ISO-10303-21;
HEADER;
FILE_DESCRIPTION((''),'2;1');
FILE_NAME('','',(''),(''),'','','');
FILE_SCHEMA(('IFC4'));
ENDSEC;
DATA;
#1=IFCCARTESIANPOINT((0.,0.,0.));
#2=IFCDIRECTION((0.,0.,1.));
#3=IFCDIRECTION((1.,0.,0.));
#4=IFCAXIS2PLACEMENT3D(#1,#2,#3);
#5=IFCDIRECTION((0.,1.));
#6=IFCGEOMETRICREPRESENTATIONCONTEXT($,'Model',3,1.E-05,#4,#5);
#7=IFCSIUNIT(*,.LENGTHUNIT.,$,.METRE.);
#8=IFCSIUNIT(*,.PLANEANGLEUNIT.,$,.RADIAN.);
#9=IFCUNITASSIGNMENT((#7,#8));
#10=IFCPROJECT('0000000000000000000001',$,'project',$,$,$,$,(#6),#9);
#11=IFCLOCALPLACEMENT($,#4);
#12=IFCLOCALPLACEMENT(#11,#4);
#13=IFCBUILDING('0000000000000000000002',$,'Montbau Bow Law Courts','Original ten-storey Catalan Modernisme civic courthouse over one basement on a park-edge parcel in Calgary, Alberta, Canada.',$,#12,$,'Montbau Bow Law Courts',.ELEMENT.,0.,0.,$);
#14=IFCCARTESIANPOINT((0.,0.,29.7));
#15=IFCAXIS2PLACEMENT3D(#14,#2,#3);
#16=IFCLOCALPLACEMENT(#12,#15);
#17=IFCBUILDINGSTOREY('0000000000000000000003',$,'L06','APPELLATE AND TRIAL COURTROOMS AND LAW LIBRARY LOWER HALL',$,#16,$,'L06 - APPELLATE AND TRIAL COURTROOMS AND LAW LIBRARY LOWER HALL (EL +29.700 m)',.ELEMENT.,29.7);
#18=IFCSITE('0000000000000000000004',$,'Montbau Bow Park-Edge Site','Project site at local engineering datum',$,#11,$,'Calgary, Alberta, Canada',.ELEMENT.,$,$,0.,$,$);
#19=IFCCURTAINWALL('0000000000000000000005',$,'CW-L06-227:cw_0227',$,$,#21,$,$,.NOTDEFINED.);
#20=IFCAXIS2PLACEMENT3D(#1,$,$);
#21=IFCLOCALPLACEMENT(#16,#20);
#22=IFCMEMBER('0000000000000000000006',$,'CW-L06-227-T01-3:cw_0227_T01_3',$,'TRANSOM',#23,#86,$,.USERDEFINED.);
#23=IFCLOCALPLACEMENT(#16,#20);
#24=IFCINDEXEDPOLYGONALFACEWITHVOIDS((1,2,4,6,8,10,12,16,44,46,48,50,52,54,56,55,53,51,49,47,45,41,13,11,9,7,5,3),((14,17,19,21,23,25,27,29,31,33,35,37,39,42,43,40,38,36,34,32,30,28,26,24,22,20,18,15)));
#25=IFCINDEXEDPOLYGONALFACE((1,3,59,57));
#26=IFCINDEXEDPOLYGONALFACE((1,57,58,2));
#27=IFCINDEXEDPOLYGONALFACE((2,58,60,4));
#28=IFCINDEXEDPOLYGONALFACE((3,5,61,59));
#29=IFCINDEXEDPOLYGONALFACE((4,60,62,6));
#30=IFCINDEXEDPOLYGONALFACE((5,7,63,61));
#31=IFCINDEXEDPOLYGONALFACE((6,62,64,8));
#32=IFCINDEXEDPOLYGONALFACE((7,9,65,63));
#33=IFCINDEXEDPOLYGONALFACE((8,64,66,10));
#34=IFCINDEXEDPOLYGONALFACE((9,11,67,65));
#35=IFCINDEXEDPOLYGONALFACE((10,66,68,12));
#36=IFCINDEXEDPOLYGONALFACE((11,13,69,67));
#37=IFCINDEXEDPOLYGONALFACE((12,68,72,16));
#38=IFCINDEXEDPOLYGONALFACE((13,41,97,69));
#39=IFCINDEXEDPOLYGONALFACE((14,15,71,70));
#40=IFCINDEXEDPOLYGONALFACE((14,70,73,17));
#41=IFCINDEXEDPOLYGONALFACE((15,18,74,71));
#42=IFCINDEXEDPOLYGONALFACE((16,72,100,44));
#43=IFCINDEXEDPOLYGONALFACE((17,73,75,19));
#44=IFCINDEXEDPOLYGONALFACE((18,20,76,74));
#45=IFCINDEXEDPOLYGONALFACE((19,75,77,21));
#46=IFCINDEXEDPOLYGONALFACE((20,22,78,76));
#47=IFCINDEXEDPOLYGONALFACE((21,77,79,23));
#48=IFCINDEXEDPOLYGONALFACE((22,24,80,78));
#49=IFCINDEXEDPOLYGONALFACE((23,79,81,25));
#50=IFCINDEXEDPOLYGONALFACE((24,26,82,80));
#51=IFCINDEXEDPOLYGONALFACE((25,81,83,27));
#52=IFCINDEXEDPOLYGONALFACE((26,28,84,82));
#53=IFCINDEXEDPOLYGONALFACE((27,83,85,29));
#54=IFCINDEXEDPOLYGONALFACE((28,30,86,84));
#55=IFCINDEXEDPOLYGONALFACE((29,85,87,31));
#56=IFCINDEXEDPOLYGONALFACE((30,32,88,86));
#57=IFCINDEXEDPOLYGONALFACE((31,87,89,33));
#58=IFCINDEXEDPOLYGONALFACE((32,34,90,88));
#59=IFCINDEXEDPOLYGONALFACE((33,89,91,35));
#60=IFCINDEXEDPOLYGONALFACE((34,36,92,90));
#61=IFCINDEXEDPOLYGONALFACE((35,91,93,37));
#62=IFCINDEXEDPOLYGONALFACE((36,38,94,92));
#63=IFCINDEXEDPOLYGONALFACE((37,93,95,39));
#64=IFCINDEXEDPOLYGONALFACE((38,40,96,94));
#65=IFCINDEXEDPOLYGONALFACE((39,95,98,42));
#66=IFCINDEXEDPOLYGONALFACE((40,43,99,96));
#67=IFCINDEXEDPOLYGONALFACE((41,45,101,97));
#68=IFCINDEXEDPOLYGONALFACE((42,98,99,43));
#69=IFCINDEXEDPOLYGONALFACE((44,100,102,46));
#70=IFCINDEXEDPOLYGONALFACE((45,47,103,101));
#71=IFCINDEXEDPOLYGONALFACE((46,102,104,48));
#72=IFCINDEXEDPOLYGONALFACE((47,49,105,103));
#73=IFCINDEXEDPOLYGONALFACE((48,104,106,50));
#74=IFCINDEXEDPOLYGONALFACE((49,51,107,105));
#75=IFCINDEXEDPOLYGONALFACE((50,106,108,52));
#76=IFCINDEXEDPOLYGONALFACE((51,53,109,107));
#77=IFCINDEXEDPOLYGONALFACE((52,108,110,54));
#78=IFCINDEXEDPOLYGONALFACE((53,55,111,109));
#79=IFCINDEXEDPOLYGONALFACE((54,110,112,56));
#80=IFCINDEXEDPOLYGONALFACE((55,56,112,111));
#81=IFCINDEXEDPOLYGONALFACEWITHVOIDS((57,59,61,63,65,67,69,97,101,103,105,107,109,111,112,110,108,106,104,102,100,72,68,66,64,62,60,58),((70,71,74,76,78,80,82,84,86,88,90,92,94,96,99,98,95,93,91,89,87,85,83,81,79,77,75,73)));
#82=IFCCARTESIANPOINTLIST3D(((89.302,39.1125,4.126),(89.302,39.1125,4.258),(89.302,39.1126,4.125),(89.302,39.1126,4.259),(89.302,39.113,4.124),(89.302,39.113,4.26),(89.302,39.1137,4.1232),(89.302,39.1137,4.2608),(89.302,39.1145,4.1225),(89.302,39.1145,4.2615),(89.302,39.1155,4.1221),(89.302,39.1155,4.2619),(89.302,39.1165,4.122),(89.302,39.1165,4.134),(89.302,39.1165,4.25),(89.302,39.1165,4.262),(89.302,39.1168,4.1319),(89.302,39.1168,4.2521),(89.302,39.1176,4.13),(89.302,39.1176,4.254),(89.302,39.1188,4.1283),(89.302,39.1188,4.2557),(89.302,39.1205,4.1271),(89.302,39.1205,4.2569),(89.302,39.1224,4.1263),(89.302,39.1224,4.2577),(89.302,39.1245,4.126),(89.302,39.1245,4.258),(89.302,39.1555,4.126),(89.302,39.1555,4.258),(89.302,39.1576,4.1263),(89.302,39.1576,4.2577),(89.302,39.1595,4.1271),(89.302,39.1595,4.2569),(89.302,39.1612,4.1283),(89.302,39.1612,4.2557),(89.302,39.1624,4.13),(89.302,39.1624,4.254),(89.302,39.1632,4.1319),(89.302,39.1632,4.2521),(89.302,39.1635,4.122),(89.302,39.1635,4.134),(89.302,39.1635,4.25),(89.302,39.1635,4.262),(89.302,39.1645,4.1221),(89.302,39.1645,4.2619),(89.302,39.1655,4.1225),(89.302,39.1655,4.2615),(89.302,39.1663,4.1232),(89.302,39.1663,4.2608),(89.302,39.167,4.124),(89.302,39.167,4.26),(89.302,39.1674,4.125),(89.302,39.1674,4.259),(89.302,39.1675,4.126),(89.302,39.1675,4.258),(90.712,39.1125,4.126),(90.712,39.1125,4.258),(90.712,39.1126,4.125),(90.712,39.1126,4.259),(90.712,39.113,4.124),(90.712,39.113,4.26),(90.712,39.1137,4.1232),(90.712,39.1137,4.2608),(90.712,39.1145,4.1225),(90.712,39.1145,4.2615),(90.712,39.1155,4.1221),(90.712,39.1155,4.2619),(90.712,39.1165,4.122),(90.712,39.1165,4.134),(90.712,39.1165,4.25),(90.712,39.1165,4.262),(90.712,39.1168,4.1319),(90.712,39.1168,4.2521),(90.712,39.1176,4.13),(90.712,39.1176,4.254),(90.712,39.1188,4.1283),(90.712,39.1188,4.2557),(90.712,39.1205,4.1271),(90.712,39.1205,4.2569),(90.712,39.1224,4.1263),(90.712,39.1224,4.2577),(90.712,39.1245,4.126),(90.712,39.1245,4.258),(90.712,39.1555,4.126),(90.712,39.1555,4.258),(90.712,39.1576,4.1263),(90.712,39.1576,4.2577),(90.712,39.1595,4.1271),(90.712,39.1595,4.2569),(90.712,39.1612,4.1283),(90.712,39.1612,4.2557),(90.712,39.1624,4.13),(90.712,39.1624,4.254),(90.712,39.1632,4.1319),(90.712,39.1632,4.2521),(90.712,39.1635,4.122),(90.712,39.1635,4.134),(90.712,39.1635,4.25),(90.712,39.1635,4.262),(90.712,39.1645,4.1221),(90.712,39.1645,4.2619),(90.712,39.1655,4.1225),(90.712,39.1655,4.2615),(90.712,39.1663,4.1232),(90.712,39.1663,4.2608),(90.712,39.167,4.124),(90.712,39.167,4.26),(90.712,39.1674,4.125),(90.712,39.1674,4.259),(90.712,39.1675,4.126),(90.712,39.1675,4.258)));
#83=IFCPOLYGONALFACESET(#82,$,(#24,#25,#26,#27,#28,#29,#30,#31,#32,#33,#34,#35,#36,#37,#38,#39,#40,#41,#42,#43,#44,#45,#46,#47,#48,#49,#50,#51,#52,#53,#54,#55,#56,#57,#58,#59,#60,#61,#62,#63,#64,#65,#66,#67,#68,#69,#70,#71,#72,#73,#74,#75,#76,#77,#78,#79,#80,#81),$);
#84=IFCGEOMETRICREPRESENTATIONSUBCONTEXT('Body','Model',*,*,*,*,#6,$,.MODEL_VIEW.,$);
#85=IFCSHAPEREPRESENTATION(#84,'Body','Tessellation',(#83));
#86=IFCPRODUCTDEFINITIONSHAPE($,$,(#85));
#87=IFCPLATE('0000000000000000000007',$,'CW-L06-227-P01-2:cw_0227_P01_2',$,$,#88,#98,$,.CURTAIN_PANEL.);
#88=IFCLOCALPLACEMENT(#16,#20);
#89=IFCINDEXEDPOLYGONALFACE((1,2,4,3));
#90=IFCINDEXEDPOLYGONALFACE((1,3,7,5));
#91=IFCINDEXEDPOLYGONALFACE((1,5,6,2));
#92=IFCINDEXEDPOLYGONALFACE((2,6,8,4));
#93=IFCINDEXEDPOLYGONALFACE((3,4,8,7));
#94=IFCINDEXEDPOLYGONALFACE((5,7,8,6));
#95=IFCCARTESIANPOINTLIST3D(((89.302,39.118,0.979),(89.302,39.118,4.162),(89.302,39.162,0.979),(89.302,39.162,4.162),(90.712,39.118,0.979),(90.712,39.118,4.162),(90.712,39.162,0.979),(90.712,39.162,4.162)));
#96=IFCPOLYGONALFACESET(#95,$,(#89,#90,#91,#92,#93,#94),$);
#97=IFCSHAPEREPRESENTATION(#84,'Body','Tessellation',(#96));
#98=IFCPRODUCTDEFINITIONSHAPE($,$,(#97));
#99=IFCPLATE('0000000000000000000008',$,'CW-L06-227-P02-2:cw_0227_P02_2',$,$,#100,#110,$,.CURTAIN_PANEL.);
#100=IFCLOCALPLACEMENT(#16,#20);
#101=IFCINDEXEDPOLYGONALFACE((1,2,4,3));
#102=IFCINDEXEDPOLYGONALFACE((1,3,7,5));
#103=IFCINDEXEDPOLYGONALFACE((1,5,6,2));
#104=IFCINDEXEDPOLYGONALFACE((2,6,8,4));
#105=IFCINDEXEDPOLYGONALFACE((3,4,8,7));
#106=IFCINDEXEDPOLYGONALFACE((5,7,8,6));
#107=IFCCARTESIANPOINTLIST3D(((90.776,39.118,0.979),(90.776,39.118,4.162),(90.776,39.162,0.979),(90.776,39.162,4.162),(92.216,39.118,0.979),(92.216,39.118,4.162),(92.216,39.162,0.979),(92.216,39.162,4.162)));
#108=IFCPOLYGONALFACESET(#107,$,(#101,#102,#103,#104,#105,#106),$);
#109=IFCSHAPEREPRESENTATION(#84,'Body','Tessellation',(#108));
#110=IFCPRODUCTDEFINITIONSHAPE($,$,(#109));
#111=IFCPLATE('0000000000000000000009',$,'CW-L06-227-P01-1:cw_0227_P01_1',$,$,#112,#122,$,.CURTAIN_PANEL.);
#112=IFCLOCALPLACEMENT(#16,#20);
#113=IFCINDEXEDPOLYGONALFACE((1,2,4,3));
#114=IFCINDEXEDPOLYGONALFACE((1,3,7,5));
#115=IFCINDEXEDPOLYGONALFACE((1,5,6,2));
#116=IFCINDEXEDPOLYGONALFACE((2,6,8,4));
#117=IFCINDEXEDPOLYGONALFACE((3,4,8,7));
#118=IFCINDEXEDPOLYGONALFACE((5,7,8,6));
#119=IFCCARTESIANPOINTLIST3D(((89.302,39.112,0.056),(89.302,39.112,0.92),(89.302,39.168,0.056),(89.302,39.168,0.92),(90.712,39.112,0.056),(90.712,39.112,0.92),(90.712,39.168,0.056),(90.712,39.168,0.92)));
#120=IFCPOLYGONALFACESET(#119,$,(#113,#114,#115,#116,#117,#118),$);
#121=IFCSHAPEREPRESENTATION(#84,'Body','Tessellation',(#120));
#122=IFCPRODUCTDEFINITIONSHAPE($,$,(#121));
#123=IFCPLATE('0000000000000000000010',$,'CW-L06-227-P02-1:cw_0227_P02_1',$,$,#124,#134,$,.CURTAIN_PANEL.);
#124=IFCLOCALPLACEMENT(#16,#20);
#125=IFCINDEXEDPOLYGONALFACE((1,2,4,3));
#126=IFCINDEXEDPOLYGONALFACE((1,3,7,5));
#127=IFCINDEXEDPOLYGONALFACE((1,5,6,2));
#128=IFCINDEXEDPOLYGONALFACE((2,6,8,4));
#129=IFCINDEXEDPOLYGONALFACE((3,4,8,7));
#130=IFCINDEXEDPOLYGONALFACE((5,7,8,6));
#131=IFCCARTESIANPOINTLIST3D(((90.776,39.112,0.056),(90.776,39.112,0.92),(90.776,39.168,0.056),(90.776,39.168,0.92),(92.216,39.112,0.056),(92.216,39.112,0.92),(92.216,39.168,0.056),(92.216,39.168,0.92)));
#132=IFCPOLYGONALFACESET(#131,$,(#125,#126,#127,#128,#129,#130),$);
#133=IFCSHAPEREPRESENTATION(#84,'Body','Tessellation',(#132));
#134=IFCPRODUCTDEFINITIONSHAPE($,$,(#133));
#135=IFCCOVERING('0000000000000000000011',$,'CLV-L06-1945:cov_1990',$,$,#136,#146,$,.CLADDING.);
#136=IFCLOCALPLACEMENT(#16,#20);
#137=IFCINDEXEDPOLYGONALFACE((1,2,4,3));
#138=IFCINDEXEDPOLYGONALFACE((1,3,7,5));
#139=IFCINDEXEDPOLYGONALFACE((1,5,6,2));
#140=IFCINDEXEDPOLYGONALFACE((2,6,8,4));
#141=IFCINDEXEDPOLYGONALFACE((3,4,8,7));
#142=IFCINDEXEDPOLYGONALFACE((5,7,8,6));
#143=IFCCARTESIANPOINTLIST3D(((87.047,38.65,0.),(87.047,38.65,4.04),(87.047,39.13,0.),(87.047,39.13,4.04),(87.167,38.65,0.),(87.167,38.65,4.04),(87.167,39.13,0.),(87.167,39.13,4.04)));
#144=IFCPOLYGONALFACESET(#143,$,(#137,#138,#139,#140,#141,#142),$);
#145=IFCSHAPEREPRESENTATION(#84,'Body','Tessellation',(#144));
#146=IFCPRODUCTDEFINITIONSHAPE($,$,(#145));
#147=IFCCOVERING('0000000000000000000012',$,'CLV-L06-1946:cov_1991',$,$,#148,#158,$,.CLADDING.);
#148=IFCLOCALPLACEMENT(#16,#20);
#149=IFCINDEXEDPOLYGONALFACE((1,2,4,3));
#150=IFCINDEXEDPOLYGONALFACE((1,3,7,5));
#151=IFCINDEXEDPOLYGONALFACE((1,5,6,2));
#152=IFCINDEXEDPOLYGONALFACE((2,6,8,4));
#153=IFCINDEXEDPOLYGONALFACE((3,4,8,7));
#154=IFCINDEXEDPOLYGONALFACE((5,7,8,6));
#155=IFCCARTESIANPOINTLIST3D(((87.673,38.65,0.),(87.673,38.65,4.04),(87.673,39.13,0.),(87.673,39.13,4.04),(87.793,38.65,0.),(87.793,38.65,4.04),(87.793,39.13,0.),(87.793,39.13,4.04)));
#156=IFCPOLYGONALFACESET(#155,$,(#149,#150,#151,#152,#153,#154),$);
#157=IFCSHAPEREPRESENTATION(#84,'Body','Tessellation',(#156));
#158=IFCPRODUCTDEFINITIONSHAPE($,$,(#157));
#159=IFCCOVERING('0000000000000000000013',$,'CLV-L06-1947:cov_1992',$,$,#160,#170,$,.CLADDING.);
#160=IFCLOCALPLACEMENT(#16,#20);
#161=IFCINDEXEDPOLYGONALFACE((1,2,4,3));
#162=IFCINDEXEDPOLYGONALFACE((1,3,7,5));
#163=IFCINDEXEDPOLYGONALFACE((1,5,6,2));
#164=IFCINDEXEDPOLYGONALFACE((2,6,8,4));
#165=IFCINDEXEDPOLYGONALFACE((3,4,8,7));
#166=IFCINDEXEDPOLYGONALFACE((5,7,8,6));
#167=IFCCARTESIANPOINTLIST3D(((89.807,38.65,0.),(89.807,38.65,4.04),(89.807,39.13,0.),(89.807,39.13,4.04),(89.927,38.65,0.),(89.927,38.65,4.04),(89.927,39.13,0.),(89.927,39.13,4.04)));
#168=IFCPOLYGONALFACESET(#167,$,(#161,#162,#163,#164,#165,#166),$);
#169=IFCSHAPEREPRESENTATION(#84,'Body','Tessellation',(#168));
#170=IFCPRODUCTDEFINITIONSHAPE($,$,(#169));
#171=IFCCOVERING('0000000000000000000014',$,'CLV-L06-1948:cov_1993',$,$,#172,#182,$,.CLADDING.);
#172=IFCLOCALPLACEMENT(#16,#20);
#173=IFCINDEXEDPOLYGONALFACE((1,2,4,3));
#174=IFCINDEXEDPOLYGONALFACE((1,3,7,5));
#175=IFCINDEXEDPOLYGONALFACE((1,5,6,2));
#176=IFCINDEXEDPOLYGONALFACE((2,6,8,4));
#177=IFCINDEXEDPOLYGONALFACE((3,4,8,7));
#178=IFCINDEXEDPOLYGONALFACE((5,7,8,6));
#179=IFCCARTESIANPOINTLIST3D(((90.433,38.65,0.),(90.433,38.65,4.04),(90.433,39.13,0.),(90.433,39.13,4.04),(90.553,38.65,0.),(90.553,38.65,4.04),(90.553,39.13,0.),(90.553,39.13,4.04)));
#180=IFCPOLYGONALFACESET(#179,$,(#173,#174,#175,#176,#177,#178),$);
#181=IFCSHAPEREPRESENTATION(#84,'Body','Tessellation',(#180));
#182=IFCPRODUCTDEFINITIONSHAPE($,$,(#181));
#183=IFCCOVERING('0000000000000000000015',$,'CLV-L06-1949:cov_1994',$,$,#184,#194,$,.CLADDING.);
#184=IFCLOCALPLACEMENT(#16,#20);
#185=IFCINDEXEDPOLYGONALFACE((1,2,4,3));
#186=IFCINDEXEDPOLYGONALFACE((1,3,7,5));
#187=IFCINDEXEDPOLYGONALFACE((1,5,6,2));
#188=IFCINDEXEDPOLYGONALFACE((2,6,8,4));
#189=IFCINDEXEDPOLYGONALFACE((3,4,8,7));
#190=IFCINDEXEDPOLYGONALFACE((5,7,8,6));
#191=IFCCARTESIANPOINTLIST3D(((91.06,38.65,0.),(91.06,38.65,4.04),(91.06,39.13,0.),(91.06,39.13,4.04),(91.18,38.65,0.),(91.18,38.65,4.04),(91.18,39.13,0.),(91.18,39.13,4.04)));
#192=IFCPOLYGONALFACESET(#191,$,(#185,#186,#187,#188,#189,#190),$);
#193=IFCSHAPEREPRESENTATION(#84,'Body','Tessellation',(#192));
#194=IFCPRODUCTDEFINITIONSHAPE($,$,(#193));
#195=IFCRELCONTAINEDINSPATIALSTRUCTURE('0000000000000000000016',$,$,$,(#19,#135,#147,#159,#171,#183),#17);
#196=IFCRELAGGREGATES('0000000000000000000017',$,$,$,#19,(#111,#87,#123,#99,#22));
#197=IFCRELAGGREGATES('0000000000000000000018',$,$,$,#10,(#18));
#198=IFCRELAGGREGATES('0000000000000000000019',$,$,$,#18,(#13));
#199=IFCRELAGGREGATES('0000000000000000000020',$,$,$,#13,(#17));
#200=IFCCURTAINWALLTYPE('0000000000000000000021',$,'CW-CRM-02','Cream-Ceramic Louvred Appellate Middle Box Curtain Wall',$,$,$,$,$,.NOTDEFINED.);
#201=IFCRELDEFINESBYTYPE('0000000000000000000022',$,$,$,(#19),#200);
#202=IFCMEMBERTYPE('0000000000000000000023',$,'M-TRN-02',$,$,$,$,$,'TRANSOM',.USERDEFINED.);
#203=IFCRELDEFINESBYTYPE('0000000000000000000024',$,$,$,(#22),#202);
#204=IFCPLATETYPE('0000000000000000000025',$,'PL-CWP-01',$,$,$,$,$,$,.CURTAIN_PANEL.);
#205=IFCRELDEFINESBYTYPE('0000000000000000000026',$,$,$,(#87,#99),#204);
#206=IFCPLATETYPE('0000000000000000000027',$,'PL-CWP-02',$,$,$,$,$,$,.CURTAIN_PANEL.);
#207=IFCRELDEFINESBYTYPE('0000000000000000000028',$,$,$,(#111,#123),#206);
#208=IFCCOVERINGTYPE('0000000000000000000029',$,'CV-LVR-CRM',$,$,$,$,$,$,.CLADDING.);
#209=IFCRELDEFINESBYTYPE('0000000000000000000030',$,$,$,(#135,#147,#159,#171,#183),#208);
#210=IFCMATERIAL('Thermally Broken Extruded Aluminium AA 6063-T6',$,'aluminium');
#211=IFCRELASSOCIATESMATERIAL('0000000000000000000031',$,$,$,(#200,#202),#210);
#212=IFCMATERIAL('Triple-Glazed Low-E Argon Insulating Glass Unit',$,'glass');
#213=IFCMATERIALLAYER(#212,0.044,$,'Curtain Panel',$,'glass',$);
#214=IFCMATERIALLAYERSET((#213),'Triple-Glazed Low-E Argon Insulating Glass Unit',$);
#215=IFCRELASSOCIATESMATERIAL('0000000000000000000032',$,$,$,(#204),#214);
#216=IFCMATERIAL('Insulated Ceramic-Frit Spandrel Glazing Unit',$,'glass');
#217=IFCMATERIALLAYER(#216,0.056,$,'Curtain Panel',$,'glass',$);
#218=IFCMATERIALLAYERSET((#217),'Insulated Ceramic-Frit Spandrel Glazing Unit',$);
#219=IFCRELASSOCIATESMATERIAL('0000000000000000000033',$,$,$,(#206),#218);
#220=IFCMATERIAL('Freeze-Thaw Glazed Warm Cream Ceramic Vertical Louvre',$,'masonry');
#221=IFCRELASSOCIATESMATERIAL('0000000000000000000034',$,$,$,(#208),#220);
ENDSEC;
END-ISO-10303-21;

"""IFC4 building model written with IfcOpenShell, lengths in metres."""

from ifc_helpers import new_model, si_unit, direction, frame, frame_2d, origin_with_axes, origin_2d_with_axis, place, context, subcontext, project, spatial, rectangle, hollow_rectangle, extrude, material, layer, layer_set, material_profile, profile_set, type_object, element, aggregate, save


model = new_model("IFC4")

# Units and contexts
model_context = context("Model", 3, precision=1e-05, world=origin_with_axes(), true_north=direction((0.0, 1.0)))
body_context = subcontext(model_context, "Body", "Model", "MODEL_VIEW")
ifc_project = project(units=[si_unit("LENGTHUNIT", "METRE"), si_unit("PLANEANGLEUNIT", "RADIAN")], contexts=[model_context])

# Site, building, storey
site_placement = place(None, origin_with_axes())
site = spatial("IfcSite", under=ifc_project, at=site_placement, Name="Montbau Bow Park-Edge Site", Description="Project site at local engineering datum", LongName="Calgary, Alberta, Canada", CompositionType="ELEMENT", RefElevation=0.0)
building_placement = place(site_placement, origin_with_axes())
building = spatial("IfcBuilding", under=site, at=building_placement, Name="Montbau Bow Law Courts", Description="Original ten-storey Catalan Modernisme civic courthouse over one basement on a park-edge parcel in Calgary, Alberta, Canada.", LongName="Montbau Bow Law Courts", CompositionType="ELEMENT", ElevationOfRefHeight=0.0, ElevationOfTerrain=0.0)
storey_placement = place(building_placement, frame((0.0, 0.0, 29.7), z_axis=(0.0, 0.0, 1.0), x_axis=(1.0, 0.0, 0.0)))
storey = spatial("IfcBuildingStorey", under=building, at=storey_placement, Name="L06", Description="APPELLATE AND TRIAL COURTROOMS AND LAW LIBRARY LOWER HALL", LongName="L06 - APPELLATE AND TRIAL COURTROOMS AND LAW LIBRARY LOWER HALL (EL +29.700 m)", CompositionType="ELEMENT", Elevation=29.7)

# Shared definitions
ifc_material_1 = material(Name="Thermally Broken Extruded Aluminium AA 6063-T6", Category="aluminium")
curtain_wall_type = type_object("IfcCurtainWallType", Name="CW-CRM-02", Description="Cream-Ceramic Louvred Appellate Middle Box Curtain Wall", PredefinedType="NOTDEFINED", material=ifc_material_1)

# Curtain wall
curtain_wall_1_placement = place(None, frame((89.24, 39.14, 29.7), z_axis=(0.0, 0.0, 1.0), x_axis=(1.0, 0.0, 0.0)))
curtain_wall_1 = element("IfcCurtainWall", 1, at=curtain_wall_1_placement, inside=storey, type_object=curtain_wall_type, Name="CW-L06-227:cw_0227", PredefinedType="NOTDEFINED")

# Member
ifc_material_profile_1 = material_profile(ifc_material_1, hollow_rectangle(XDim=0.055, YDim=0.14, WallThickness=0.004, InnerFilletRadius=0.008, OuterFilletRadius=0.004, at=origin_2d_with_axis()), Name="CWT-140X55", Category="Main", Priority=0)
ifc_profile_set_1 = profile_set([ifc_material_profile_1], Name="Thermally Broken Extruded Aluminium AA 6063-T6")
member_type_1 = type_object("IfcMemberType", Name="M-TRN-02", ElementType="TRANSOM", PredefinedType="USERDEFINED", material=ifc_profile_set_1)
member_1_placement = place(None, frame((89.302, 39.14, 33.892), z_axis=(1.0, 0.0, 0.0), x_axis=(0.0, 1.0, 0.0)))
member_1 = element("IfcMember", 2, at=member_1_placement, type_object=member_type_1, Name="CW-L06-227-T01-3:cw_0227_T01_3", ObjectType="TRANSOM", PredefinedType="USERDEFINED", context=body_context, shape_type="SweptSolid", body=[
    extrude(hollow_rectangle(XDim=0.055, YDim=0.14, WallThickness=0.004, InnerFilletRadius=0.008, OuterFilletRadius=0.004, at=origin_2d_with_axis()), origin_with_axes(), (0.0, 0.0, 1.0), 1.41),
])

# Plates
ifc_material_2 = material(Name="Triple-Glazed Low-E Argon Insulating Glass Unit", Category="glass")
ifc_layer_1 = layer(ifc_material_2, 0.044, Name="Curtain Panel", Category="glass")
ifc_layer_set_1 = layer_set([ifc_layer_1], Name="Triple-Glazed Low-E Argon Insulating Glass Unit")
plate_type_1 = type_object("IfcPlateType", Name="PL-CWP-01", PredefinedType="CURTAIN_PANEL", material=ifc_layer_set_1)
plate_1_placement = place(None, frame((89.302, 39.14, 30.679), z_axis=(0.0, -1.0, 0.0), x_axis=(1.0, 0.0, 0.0)))
plate_1 = element("IfcPlate", 3, at=plate_1_placement, type_object=plate_type_1, Name="CW-L06-227-P01-2:cw_0227_P01_2", PredefinedType="CURTAIN_PANEL", context=body_context, shape_type="SweptSolid", body=[
    extrude(rectangle(XDim=1.41, YDim=3.183, at=frame_2d((0.705, 1.5915), x_axis=(1.0, 0.0))), frame((0.0, 0.0, -0.022), z_axis=(0.0, 0.0, 1.0), x_axis=(1.0, 0.0, 0.0)), (0.0, 0.0, 1.0), 0.044),
])
plate_2_placement = place(None, frame((90.776, 39.14, 30.679), z_axis=(0.0, -1.0, 0.0), x_axis=(1.0, 0.0, 0.0)))
plate_2 = element("IfcPlate", 4, at=plate_2_placement, type_object=plate_type_1, Name="CW-L06-227-P02-2:cw_0227_P02_2", PredefinedType="CURTAIN_PANEL", context=body_context, shape_type="SweptSolid", body=[
    extrude(rectangle(XDim=1.44, YDim=3.183, at=frame_2d((0.72, 1.5915), x_axis=(1.0, 0.0))), frame((0.0, 0.0, -0.022), z_axis=(0.0, 0.0, 1.0), x_axis=(1.0, 0.0, 0.0)), (0.0, 0.0, 1.0), 0.044),
])
ifc_material_3 = material(Name="Insulated Ceramic-Frit Spandrel Glazing Unit", Category="glass")
ifc_layer_2 = layer(ifc_material_3, 0.056, Name="Curtain Panel", Category="glass")
ifc_layer_set_2 = layer_set([ifc_layer_2], Name="Insulated Ceramic-Frit Spandrel Glazing Unit")
plate_type_2 = type_object("IfcPlateType", Name="PL-CWP-02", PredefinedType="CURTAIN_PANEL", material=ifc_layer_set_2)
plate_3_placement = place(None, frame((89.302, 39.14, 29.756), z_axis=(0.0, -1.0, 0.0), x_axis=(1.0, 0.0, 0.0)))
plate_3 = element("IfcPlate", 5, at=plate_3_placement, type_object=plate_type_2, Name="CW-L06-227-P01-1:cw_0227_P01_1", PredefinedType="CURTAIN_PANEL", context=body_context, shape_type="SweptSolid", body=[
    extrude(rectangle(XDim=1.41, YDim=0.864, at=frame_2d((0.705, 0.432), x_axis=(1.0, 0.0))), frame((0.0, 0.0, -0.028), z_axis=(0.0, 0.0, 1.0), x_axis=(1.0, 0.0, 0.0)), (0.0, 0.0, 1.0), 0.056),
])
plate_4_placement = place(None, frame((90.776, 39.14, 29.756), z_axis=(0.0, -1.0, 0.0), x_axis=(1.0, 0.0, 0.0)))
plate_4 = element("IfcPlate", 6, at=plate_4_placement, type_object=plate_type_2, Name="CW-L06-227-P02-1:cw_0227_P02_1", PredefinedType="CURTAIN_PANEL", context=body_context, shape_type="SweptSolid", body=[
    extrude(rectangle(XDim=1.44, YDim=0.864, at=frame_2d((0.72, 0.432), x_axis=(1.0, 0.0))), frame((0.0, 0.0, -0.028), z_axis=(0.0, 0.0, 1.0), x_axis=(1.0, 0.0, 0.0)), (0.0, 0.0, 1.0), 0.056),
])
aggregate(curtain_wall_1, [plate_3, plate_1, plate_4, plate_2, member_1])

# Coverings
ifc_material_4 = material(Name="Freeze-Thaw Glazed Warm Cream Ceramic Vertical Louvre", Category="masonry")
covering_type = type_object("IfcCoveringType", Name="CV-LVR-CRM", PredefinedType="CLADDING", material=ifc_material_4)
for number, where, z_axis, x_axis, name in (
    (7, (87.107, 39.13, 29.7), (-1.0, 0.0, 0.0), (0.0, -1.0, 0.0), "CLV-L06-1945:cov_1990"),
    (8, (87.733, 39.13, 29.7), (-1.0, 0.0, 0.0), (0.0, -1.0, 0.0), "CLV-L06-1946:cov_1991"),
    (9, (89.867, 39.13, 29.7), (-1.0, 0.0, 0.0), (0.0, -1.0, 0.0), "CLV-L06-1947:cov_1992"),
    (10, (90.493, 39.13, 29.7), (-1.0, 0.0, 0.0), (0.0, -1.0, 0.0), "CLV-L06-1948:cov_1993"),
    (11, (91.12, 39.13, 29.7), (-1.0, 0.0, 0.0), (0.0, -1.0, 0.0), "CLV-L06-1949:cov_1994"),
):
    element("IfcCovering", number, at=place(None, frame(where, z_axis=z_axis, x_axis=x_axis)), inside=storey, type_object=covering_type, Name=name, PredefinedType="CLADDING", context=body_context, shape_type="SweptSolid", body=[
        extrude(rectangle(XDim=0.48, YDim=4.04, at=frame_2d((0.24, 2.02), x_axis=(1.0, 0.0))), frame((0.0, 0.0, -0.06), z_axis=(0.0, 0.0, 1.0), x_axis=(1.0, 0.0, 0.0)), (0.0, 0.0, 1.0), 0.12),
    ])

save(model, "model.ifc")
